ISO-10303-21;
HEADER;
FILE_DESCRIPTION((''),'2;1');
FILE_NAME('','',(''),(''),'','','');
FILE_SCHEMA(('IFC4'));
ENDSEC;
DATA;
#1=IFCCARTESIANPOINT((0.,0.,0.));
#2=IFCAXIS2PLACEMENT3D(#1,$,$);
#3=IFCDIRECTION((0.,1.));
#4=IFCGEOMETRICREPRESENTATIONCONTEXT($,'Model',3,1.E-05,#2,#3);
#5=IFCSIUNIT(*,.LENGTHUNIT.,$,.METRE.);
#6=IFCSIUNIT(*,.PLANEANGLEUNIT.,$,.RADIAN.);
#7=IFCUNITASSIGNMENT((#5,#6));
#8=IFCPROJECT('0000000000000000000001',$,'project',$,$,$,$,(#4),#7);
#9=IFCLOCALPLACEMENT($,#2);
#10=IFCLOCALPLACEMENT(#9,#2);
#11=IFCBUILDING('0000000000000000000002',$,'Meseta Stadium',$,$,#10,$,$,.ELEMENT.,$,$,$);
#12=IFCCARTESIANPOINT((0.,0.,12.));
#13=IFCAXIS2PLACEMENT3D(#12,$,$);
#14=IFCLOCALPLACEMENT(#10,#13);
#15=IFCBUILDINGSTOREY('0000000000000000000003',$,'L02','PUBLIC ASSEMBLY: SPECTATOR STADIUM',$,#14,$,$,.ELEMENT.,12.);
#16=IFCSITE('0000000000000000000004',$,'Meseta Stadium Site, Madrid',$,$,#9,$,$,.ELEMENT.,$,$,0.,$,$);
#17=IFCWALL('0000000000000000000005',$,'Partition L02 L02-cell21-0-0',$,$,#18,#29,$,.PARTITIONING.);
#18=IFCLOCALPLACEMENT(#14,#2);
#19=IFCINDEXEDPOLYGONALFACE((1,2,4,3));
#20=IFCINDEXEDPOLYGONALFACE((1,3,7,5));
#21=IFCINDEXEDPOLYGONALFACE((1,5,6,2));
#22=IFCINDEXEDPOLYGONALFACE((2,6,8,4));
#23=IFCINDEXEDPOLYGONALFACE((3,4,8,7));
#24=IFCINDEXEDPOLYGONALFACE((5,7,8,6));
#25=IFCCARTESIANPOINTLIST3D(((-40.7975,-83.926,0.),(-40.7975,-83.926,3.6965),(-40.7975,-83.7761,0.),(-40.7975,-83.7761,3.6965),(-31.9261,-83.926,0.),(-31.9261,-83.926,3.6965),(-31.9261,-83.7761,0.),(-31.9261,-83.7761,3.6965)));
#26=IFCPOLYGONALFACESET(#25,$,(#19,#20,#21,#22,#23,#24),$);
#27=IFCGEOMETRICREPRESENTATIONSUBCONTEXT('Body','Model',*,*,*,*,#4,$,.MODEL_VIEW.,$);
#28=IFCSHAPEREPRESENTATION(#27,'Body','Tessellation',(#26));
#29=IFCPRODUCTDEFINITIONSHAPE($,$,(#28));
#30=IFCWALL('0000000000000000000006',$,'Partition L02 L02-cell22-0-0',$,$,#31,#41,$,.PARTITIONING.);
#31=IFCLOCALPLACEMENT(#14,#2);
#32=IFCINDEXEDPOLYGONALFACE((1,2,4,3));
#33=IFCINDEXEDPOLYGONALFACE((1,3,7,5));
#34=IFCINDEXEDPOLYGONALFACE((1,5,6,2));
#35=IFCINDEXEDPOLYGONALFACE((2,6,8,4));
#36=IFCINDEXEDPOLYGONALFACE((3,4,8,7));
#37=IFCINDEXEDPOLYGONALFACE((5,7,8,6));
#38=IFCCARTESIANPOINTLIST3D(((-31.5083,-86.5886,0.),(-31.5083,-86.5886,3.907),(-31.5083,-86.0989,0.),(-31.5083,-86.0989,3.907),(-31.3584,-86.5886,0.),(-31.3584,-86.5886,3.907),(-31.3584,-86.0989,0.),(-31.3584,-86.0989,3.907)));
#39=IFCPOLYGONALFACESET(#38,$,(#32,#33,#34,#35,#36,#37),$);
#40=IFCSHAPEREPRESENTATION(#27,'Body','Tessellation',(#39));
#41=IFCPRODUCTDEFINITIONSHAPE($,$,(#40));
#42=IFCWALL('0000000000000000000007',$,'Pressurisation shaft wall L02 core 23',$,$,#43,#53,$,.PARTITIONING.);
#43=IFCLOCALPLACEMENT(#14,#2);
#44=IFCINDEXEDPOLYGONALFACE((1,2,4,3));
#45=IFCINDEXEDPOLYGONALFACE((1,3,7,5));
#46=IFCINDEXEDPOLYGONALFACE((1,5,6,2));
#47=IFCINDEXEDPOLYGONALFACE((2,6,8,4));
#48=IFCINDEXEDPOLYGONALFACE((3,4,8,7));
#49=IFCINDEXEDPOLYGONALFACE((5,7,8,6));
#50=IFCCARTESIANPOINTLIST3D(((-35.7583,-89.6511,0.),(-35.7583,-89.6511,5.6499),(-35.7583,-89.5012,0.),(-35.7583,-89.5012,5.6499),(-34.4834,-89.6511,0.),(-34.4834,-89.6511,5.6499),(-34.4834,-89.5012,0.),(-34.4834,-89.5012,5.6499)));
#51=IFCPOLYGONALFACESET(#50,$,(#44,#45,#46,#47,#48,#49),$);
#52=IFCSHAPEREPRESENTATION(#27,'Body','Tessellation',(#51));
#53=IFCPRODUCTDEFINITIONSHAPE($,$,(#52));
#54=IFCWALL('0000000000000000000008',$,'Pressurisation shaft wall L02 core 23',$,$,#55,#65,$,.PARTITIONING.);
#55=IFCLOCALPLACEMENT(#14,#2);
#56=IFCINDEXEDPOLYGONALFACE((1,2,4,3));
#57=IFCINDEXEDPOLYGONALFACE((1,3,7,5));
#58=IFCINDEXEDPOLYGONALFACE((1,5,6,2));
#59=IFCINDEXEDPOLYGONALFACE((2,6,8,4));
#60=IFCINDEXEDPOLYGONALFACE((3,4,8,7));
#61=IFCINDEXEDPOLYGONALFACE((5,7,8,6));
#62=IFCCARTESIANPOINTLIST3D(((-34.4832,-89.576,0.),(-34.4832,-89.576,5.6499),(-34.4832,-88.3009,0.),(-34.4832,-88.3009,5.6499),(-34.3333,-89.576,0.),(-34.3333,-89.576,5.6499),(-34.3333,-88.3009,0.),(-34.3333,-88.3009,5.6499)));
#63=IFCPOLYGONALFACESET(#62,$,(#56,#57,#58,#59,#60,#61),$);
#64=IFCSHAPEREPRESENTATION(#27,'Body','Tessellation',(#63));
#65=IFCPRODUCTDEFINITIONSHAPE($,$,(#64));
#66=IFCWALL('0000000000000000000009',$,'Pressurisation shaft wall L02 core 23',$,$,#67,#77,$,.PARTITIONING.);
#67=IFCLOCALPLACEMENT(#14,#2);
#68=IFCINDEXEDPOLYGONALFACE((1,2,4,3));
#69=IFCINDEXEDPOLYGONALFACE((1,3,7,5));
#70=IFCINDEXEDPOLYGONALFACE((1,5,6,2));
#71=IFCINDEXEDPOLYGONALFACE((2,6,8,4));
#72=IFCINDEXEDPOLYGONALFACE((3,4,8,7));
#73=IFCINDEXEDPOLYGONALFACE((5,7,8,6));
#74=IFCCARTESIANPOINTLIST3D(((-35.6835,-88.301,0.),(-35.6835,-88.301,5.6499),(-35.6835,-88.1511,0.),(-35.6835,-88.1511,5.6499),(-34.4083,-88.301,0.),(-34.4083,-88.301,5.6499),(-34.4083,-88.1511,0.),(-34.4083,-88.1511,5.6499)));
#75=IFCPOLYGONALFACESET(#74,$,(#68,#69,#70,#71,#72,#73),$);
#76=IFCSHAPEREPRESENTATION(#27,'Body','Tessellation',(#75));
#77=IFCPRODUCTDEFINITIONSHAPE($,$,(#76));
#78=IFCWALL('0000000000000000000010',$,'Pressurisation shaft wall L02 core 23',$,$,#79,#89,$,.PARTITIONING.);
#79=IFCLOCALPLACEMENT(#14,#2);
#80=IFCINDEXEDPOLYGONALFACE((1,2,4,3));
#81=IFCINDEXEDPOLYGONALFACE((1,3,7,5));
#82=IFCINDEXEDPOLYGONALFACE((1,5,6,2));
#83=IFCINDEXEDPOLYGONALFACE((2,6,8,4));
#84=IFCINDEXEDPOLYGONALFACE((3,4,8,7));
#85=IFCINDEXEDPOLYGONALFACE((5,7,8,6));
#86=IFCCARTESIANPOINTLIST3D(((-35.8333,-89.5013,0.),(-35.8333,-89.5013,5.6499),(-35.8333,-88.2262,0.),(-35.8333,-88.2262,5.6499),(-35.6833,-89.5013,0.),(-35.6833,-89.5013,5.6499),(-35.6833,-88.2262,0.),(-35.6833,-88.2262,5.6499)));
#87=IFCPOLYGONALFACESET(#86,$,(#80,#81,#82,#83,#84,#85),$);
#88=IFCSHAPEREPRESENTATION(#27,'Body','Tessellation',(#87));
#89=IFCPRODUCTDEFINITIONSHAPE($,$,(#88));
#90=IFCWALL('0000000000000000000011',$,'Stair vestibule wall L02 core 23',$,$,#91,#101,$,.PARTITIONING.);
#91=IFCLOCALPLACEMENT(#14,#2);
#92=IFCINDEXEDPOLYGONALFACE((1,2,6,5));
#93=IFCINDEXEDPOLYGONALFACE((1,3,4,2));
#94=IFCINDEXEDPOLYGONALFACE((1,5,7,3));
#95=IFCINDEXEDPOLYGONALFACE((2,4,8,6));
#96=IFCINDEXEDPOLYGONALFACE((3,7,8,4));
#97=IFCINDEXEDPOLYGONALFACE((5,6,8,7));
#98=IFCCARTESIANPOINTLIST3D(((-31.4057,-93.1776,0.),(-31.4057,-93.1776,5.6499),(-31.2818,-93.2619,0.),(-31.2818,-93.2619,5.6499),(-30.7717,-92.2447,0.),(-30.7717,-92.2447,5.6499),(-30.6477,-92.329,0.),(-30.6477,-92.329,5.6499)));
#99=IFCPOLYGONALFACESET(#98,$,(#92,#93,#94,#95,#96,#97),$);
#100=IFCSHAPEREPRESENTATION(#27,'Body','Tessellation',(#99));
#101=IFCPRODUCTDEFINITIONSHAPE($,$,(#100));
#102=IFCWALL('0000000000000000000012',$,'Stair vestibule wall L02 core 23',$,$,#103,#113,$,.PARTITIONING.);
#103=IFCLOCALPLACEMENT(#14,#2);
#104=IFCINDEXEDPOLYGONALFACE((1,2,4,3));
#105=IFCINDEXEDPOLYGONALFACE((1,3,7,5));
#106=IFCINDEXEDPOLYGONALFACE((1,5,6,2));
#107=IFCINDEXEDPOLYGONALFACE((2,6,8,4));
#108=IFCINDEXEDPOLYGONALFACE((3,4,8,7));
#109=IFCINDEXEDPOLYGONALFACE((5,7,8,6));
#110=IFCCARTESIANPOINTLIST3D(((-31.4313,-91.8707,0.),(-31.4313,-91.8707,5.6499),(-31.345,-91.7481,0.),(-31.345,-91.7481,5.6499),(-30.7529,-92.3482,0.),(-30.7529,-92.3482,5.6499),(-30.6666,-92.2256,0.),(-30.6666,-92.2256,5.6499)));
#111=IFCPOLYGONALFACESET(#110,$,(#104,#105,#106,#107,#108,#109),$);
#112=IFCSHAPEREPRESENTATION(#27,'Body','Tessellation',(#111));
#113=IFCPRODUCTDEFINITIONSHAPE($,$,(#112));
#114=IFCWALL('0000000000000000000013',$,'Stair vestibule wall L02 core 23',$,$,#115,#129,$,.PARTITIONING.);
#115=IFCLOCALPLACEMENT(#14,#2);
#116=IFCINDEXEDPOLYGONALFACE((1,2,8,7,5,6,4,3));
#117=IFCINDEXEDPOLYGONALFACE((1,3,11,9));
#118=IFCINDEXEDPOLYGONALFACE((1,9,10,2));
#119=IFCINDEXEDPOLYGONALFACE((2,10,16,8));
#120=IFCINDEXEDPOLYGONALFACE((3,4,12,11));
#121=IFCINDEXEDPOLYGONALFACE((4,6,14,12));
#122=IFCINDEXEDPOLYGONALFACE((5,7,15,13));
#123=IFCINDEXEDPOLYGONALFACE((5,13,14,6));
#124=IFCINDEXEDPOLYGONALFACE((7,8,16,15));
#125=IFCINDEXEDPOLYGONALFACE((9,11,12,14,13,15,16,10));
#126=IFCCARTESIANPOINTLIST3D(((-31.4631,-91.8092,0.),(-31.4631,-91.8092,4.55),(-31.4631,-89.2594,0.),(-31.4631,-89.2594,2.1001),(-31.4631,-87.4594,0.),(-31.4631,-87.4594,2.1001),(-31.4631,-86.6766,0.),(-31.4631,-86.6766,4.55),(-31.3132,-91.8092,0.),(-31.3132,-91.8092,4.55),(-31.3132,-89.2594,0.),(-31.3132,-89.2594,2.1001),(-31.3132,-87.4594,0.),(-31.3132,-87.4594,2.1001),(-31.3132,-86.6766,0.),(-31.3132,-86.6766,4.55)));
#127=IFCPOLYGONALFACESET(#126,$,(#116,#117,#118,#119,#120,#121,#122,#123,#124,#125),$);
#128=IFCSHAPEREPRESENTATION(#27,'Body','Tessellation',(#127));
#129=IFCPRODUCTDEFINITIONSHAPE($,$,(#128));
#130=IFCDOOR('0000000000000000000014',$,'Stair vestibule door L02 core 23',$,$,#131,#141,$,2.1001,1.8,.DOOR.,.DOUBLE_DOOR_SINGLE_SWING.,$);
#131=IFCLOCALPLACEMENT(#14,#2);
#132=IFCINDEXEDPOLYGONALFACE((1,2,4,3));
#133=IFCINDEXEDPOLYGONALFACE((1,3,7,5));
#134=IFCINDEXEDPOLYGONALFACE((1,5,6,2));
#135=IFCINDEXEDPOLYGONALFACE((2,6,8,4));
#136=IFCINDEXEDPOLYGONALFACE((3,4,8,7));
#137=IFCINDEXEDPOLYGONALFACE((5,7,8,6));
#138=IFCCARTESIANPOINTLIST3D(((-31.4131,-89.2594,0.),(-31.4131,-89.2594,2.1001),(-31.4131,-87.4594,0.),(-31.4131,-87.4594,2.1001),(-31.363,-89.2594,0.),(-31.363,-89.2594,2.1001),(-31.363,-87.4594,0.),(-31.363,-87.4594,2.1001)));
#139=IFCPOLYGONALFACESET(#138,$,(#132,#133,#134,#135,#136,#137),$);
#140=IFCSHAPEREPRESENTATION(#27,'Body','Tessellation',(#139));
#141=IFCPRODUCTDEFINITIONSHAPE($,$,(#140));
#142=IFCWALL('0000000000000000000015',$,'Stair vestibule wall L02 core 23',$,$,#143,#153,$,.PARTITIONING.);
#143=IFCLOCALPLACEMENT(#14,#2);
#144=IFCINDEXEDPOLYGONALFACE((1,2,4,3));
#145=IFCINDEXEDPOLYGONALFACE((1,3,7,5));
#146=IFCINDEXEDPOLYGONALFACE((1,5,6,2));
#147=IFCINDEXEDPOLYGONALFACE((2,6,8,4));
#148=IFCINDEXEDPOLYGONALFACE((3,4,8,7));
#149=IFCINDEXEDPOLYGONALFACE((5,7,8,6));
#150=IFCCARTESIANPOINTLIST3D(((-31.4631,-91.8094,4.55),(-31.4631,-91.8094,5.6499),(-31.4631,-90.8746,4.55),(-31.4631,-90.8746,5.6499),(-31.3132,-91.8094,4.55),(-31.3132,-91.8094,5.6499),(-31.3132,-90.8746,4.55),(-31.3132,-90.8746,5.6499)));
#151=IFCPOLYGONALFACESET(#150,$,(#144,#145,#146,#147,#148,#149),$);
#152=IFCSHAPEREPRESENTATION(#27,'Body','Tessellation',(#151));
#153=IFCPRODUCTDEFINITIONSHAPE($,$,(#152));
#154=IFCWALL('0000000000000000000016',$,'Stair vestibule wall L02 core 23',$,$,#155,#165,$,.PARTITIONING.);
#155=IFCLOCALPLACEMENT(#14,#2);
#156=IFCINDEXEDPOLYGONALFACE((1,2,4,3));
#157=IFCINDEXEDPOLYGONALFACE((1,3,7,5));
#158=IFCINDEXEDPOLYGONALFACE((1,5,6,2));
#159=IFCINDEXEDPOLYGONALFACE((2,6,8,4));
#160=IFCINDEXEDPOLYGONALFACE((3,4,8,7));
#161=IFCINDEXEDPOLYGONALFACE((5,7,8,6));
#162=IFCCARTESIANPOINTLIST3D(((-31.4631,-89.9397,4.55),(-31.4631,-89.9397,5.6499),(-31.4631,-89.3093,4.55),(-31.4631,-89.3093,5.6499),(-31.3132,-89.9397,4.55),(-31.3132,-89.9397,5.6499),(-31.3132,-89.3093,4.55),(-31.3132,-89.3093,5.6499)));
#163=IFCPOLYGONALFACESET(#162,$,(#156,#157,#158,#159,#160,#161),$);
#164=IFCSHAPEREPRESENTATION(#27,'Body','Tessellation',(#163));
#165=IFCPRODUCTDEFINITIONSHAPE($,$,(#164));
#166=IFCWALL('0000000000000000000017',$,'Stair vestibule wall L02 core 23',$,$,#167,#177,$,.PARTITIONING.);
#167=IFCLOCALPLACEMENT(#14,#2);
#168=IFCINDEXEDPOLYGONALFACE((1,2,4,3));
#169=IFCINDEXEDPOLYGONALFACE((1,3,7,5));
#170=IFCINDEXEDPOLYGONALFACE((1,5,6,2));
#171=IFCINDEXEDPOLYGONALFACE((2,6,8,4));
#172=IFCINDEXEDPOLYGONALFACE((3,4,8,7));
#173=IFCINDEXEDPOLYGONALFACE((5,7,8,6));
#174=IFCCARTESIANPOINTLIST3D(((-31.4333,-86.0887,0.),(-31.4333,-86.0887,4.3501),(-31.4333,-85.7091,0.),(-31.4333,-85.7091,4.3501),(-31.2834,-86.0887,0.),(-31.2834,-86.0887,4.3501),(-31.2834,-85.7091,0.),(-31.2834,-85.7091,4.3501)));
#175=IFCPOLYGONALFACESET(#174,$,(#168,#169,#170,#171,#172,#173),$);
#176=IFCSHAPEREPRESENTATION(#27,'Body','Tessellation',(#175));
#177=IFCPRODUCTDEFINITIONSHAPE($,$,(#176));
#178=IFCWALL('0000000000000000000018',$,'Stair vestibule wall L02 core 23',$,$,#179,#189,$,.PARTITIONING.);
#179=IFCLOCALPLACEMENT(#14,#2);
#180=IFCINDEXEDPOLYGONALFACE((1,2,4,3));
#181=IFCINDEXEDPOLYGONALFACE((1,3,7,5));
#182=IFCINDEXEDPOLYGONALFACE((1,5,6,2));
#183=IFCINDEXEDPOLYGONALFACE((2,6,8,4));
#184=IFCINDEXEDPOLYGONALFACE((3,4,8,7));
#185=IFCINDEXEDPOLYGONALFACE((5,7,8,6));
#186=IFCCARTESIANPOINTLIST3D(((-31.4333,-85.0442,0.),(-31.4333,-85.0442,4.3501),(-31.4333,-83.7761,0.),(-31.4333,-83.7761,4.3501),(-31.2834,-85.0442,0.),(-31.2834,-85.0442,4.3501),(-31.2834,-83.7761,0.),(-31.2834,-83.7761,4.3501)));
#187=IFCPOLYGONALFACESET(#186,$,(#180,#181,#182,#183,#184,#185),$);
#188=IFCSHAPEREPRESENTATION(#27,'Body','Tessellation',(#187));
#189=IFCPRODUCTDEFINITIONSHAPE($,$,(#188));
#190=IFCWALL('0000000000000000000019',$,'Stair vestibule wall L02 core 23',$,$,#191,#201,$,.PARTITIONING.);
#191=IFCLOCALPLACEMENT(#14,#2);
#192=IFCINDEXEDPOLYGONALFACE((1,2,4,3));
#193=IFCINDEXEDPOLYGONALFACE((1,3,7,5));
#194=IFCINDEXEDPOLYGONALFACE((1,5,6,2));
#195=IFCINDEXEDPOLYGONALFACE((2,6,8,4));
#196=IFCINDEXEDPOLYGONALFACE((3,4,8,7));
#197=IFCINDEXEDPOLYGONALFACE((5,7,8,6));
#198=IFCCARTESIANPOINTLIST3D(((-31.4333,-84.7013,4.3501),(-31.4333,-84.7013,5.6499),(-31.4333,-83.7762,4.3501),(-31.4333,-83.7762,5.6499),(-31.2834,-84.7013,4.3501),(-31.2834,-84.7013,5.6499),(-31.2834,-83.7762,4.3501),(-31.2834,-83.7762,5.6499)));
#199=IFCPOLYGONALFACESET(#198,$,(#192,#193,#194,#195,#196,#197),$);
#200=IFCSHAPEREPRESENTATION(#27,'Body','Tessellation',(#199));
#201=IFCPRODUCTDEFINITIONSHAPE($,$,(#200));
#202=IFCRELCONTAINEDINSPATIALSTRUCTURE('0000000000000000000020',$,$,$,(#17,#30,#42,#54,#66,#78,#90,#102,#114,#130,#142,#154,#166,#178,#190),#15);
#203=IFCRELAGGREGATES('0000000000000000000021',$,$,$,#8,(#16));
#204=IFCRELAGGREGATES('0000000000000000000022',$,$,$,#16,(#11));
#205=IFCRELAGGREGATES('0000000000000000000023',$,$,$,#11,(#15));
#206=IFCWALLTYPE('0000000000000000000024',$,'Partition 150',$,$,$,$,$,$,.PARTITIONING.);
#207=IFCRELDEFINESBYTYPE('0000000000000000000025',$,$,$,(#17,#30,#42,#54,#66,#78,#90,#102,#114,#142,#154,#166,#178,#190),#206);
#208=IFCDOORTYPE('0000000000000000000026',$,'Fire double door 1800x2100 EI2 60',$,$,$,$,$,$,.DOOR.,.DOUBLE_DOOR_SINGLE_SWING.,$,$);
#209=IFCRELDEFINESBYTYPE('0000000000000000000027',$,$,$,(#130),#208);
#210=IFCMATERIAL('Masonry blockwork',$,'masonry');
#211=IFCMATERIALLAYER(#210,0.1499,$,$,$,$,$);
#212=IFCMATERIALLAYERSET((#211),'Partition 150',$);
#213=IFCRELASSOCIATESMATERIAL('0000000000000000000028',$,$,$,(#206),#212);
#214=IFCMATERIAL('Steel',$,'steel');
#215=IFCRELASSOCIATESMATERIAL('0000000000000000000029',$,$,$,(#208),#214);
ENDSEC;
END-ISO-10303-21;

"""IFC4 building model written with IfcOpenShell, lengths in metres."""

from ifc_helpers import new_model, si_unit, direction, frame, frame_2d, origin, place, context, subcontext, project, spatial, rectangle, extrude, material, layer, layer_set, type_object, element, fill, save


model = new_model("IFC4")

# Units and contexts
model_context = context("Model", 3, precision=1e-05, world=origin(), true_north=direction((0.0, 1.0)))
body_context = subcontext(model_context, "Body", "Model", "MODEL_VIEW")
ifc_project = project(units=[si_unit("LENGTHUNIT", "METRE"), si_unit("PLANEANGLEUNIT", "RADIAN")], contexts=[model_context])

# Site, building, storey
site_placement = place(None, origin())
site = spatial("IfcSite", under=ifc_project, at=site_placement, Name="Meseta Stadium Site, Madrid", CompositionType="ELEMENT", RefElevation=0.0)
building_placement = place(site_placement, origin())
building = spatial("IfcBuilding", under=site, at=building_placement, Name="Meseta Stadium", CompositionType="ELEMENT")
storey_placement = place(building_placement, frame((0.0, 0.0, 12.0)))
storey = spatial("IfcBuildingStorey", under=building, at=storey_placement, Name="L02", Description="PUBLIC ASSEMBLY: SPECTATOR STADIUM", CompositionType="ELEMENT", Elevation=12.0)

# Walls
ifc_material_1 = material(Name="Masonry blockwork", Category="masonry")
ifc_layer_1 = layer(ifc_material_1, 0.1499)
ifc_layer_set_1 = layer_set([ifc_layer_1], Name="Partition 150")
wall_type_1 = type_object("IfcWallType", Name="Partition 150", PredefinedType="PARTITIONING", material=ifc_layer_set_1)
wall_1_placement = place(storey_placement, frame((-31.9263, -83.8511, 0.0), z_axis=(0.0, 0.0, 1.0), x_axis=(-1.0, 0.0, 0.0)))
element("IfcWall", 1, at=wall_1_placement, inside=storey, type_object=wall_type_1, Name="Partition L02 L02-cell21-0-0", PredefinedType="PARTITIONING", context=body_context, shape_type="SweptSolid", body=[
    extrude(rectangle(XDim=8.8713, YDim=0.1499, at=frame_2d((4.4355, 0.0))), origin(), (0.0, 0.0, 1.0), 3.6965),
])
wall_2_placement = place(storey_placement, frame((-31.4333, -86.5886, 0.0), z_axis=(0.0, 0.0, 1.0), x_axis=(0.0, 1.0, 0.0)))
element("IfcWall", 2, at=wall_2_placement, inside=storey, type_object=wall_type_1, Name="Partition L02 L02-cell22-0-0", PredefinedType="PARTITIONING", context=body_context, shape_type="SweptSolid", body=[
    extrude(rectangle(XDim=0.4897, YDim=0.1499, at=frame_2d((0.2449, 0.0))), origin(), (0.0, 0.0, 1.0), 3.907),
])
wall_3_placement = place(storey_placement, frame((-35.7583, -89.5762, 0.0), z_axis=(0.0, 0.0, 1.0), x_axis=(1.0, 0.0, 0.0)))
element("IfcWall", 3, at=wall_3_placement, inside=storey, type_object=wall_type_1, Name="Pressurisation shaft wall L02 core 23", PredefinedType="PARTITIONING", context=body_context, shape_type="SweptSolid", body=[
    extrude(rectangle(XDim=1.2749, YDim=0.1499, at=frame_2d((0.6375, 0.0))), origin(), (0.0, 0.0, 1.0), 5.6499),
])
for number, where, z_axis, x_axis, name in (
    (4, (-34.4082, -89.5762, 0.0), (0.0, 0.0, 1.0), (0.0, 1.0, 0.0), "Pressurisation shaft wall L02 core 23"),
    (5, (-34.4082, -88.2261, 0.0), (0.0, 0.0, 1.0), (-1.0, 0.0, 0.0), "Pressurisation shaft wall L02 core 23"),
    (6, (-35.7583, -88.2261, 0.0), (0.0, 0.0, 1.0), (0.0, -1.0, 0.0), "Pressurisation shaft wall L02 core 23"),
):
    element("IfcWall", number, at=place(storey_placement, frame(where, z_axis=z_axis, x_axis=x_axis)), inside=storey, type_object=wall_type_1, Name=name, PredefinedType="PARTITIONING", context=body_context, shape_type="SweptSolid", body=[
        extrude(rectangle(XDim=1.2751, YDim=0.1499, at=frame_2d((0.6377, 0.0))), origin(), (0.0, 0.0, 1.0), 5.6499),
    ])
wall_4_placement = place(storey_placement, frame((-31.3438, -93.2197, 0.0), z_axis=(0.0, 0.0, 1.0), x_axis=(0.562121, 0.827055, 0.0)))
element("IfcWall", 7, at=wall_4_placement, inside=storey, type_object=wall_type_1, Name="Stair vestibule wall L02 core 23", PredefinedType="PARTITIONING", context=body_context, shape_type="SweptSolid", body=[
    extrude(rectangle(XDim=1.1279, YDim=0.1499, at=frame_2d((0.564, 0.0))), origin(), (0.0, 0.0, 1.0), 5.6499),
])
wall_5_placement = place(storey_placement, frame((-30.7097, -92.2869, 0.0), z_axis=(0.0, 0.0, 1.0), x_axis=(-0.81775, 0.575574, 0.0)))
element("IfcWall", 8, at=wall_5_placement, inside=storey, type_object=wall_type_1, Name="Stair vestibule wall L02 core 23", PredefinedType="PARTITIONING", context=body_context, shape_type="SweptSolid", body=[
    extrude(rectangle(XDim=0.8296, YDim=0.1499, at=frame_2d((0.4148, 0.0))), origin(), (0.0, 0.0, 1.0), 5.6499),
])

# Wall, opening, door
wall_6_placement = place(storey_placement, frame((-31.3882, -91.8093, 0.0), z_axis=(0.0, 0.0, 1.0), x_axis=(0.0, 1.0, 0.0)))
wall_6 = element("IfcWall", 9, at=wall_6_placement, inside=storey, type_object=wall_type_1, Name="Stair vestibule wall L02 core 23", PredefinedType="PARTITIONING", context=body_context, shape_type="SweptSolid", body=[
    extrude(rectangle(XDim=5.1326, YDim=0.1499, at=frame_2d((2.5664, 0.0))), origin(), (0.0, 0.0, 1.0), 4.55),
])
opening_1_placement = place(wall_6_placement, frame((2.55, 0.0, 0.0)))
opening_1 = element("IfcOpeningElement", 10, at=opening_1_placement, cuts=wall_6, PredefinedType="OPENING", context=body_context, shape_type="SweptSolid", body=[
    extrude(rectangle(XDim=1.8, YDim=2.1001, at=frame_2d((0.8999, 1.05))), frame((0.0, 0.085, 0.0), z_axis=(0.0, -1.0, 0.0), x_axis=(1.0, 0.0, 0.0)), (0.0, 0.0, 1.0), 0.1699),
])
ifc_material_2 = material(Name="Steel", Category="steel")
door_type_1 = type_object("IfcDoorType", Name="Fire double door 1800x2100 EI2 60", OperationType="DOUBLE_DOOR_SINGLE_SWING", PredefinedType="DOOR", material=ifc_material_2)
door_1_placement = place(opening_1_placement, origin())
door_1 = element("IfcDoor", 11, at=door_1_placement, inside=storey, type_object=door_type_1, Name="Stair vestibule door L02 core 23", OperationType="DOUBLE_DOOR_SINGLE_SWING", OverallHeight=2.1001, OverallWidth=1.8, PredefinedType="DOOR", context=body_context, shape_type="SweptSolid", body=[
    extrude(rectangle(XDim=1.8, YDim=2.1001, at=frame_2d((0.8999, 1.05))), frame((0.0, 0.0249, 0.0), z_axis=(0.0, -1.0, 0.0), x_axis=(1.0, 0.0, 0.0)), (0.0, 0.0, 1.0), 0.05),
])
fill(opening_1, door_1)

# Walls
wall_7_placement = place(storey_placement, frame((-31.3882, -91.8093, 4.55), z_axis=(0.0, 0.0, 1.0), x_axis=(0.0, 1.0, 0.0)))
element("IfcWall", 12, at=wall_7_placement, inside=storey, type_object=wall_type_1, Name="Stair vestibule wall L02 core 23", PredefinedType="PARTITIONING", context=body_context, shape_type="SweptSolid", body=[
    extrude(rectangle(XDim=0.9348, YDim=0.1499, at=frame_2d((0.4673, 0.0))), origin(), (0.0, 0.0, 1.0), 1.0999),
])
wall_8_placement = place(storey_placement, frame((-31.3882, -89.9397, 4.55), z_axis=(0.0, 0.0, 1.0), x_axis=(0.0, 1.0, 0.0)))
element("IfcWall", 13, at=wall_8_placement, inside=storey, type_object=wall_type_1, Name="Stair vestibule wall L02 core 23", PredefinedType="PARTITIONING", context=body_context, shape_type="SweptSolid", body=[
    extrude(rectangle(XDim=0.6304, YDim=0.1499, at=frame_2d((0.3152, 0.0))), origin(), (0.0, 0.0, 1.0), 1.0999),
])
wall_9_placement = place(storey_placement, frame((-31.3584, -86.0889, 0.0), z_axis=(0.0, 0.0, 1.0), x_axis=(0.0, 1.0, 0.0)))
element("IfcWall", 14, at=wall_9_placement, inside=storey, type_object=wall_type_1, Name="Stair vestibule wall L02 core 23", PredefinedType="PARTITIONING", context=body_context, shape_type="SweptSolid", body=[
    extrude(rectangle(XDim=0.3796, YDim=0.1499, at=frame_2d((0.1899, 0.0))), origin(), (0.0, 0.0, 1.0), 4.3501),
])
wall_10_placement = place(storey_placement, frame((-31.3584, -85.0442, 0.0), z_axis=(0.0, 0.0, 1.0), x_axis=(0.0, 1.0, 0.0)))
element("IfcWall", 15, at=wall_10_placement, inside=storey, type_object=wall_type_1, Name="Stair vestibule wall L02 core 23", PredefinedType="PARTITIONING", context=body_context, shape_type="SweptSolid", body=[
    extrude(rectangle(XDim=1.2681, YDim=0.1499, at=frame_2d((0.634, 0.0))), origin(), (0.0, 0.0, 1.0), 4.3501),
])
wall_11_placement = place(storey_placement, frame((-31.3584, -84.7012, 4.3501), z_axis=(0.0, 0.0, 1.0), x_axis=(0.0, 1.0, 0.0)))
element("IfcWall", 16, at=wall_11_placement, inside=storey, type_object=wall_type_1, Name="Stair vestibule wall L02 core 23", PredefinedType="PARTITIONING", context=body_context, shape_type="SweptSolid", body=[
    extrude(rectangle(XDim=0.925, YDim=0.1499, at=frame_2d((0.4624, 0.0))), origin(), (0.0, 0.0, 1.0), 1.2998),
])

save(model, "model.ifc")
